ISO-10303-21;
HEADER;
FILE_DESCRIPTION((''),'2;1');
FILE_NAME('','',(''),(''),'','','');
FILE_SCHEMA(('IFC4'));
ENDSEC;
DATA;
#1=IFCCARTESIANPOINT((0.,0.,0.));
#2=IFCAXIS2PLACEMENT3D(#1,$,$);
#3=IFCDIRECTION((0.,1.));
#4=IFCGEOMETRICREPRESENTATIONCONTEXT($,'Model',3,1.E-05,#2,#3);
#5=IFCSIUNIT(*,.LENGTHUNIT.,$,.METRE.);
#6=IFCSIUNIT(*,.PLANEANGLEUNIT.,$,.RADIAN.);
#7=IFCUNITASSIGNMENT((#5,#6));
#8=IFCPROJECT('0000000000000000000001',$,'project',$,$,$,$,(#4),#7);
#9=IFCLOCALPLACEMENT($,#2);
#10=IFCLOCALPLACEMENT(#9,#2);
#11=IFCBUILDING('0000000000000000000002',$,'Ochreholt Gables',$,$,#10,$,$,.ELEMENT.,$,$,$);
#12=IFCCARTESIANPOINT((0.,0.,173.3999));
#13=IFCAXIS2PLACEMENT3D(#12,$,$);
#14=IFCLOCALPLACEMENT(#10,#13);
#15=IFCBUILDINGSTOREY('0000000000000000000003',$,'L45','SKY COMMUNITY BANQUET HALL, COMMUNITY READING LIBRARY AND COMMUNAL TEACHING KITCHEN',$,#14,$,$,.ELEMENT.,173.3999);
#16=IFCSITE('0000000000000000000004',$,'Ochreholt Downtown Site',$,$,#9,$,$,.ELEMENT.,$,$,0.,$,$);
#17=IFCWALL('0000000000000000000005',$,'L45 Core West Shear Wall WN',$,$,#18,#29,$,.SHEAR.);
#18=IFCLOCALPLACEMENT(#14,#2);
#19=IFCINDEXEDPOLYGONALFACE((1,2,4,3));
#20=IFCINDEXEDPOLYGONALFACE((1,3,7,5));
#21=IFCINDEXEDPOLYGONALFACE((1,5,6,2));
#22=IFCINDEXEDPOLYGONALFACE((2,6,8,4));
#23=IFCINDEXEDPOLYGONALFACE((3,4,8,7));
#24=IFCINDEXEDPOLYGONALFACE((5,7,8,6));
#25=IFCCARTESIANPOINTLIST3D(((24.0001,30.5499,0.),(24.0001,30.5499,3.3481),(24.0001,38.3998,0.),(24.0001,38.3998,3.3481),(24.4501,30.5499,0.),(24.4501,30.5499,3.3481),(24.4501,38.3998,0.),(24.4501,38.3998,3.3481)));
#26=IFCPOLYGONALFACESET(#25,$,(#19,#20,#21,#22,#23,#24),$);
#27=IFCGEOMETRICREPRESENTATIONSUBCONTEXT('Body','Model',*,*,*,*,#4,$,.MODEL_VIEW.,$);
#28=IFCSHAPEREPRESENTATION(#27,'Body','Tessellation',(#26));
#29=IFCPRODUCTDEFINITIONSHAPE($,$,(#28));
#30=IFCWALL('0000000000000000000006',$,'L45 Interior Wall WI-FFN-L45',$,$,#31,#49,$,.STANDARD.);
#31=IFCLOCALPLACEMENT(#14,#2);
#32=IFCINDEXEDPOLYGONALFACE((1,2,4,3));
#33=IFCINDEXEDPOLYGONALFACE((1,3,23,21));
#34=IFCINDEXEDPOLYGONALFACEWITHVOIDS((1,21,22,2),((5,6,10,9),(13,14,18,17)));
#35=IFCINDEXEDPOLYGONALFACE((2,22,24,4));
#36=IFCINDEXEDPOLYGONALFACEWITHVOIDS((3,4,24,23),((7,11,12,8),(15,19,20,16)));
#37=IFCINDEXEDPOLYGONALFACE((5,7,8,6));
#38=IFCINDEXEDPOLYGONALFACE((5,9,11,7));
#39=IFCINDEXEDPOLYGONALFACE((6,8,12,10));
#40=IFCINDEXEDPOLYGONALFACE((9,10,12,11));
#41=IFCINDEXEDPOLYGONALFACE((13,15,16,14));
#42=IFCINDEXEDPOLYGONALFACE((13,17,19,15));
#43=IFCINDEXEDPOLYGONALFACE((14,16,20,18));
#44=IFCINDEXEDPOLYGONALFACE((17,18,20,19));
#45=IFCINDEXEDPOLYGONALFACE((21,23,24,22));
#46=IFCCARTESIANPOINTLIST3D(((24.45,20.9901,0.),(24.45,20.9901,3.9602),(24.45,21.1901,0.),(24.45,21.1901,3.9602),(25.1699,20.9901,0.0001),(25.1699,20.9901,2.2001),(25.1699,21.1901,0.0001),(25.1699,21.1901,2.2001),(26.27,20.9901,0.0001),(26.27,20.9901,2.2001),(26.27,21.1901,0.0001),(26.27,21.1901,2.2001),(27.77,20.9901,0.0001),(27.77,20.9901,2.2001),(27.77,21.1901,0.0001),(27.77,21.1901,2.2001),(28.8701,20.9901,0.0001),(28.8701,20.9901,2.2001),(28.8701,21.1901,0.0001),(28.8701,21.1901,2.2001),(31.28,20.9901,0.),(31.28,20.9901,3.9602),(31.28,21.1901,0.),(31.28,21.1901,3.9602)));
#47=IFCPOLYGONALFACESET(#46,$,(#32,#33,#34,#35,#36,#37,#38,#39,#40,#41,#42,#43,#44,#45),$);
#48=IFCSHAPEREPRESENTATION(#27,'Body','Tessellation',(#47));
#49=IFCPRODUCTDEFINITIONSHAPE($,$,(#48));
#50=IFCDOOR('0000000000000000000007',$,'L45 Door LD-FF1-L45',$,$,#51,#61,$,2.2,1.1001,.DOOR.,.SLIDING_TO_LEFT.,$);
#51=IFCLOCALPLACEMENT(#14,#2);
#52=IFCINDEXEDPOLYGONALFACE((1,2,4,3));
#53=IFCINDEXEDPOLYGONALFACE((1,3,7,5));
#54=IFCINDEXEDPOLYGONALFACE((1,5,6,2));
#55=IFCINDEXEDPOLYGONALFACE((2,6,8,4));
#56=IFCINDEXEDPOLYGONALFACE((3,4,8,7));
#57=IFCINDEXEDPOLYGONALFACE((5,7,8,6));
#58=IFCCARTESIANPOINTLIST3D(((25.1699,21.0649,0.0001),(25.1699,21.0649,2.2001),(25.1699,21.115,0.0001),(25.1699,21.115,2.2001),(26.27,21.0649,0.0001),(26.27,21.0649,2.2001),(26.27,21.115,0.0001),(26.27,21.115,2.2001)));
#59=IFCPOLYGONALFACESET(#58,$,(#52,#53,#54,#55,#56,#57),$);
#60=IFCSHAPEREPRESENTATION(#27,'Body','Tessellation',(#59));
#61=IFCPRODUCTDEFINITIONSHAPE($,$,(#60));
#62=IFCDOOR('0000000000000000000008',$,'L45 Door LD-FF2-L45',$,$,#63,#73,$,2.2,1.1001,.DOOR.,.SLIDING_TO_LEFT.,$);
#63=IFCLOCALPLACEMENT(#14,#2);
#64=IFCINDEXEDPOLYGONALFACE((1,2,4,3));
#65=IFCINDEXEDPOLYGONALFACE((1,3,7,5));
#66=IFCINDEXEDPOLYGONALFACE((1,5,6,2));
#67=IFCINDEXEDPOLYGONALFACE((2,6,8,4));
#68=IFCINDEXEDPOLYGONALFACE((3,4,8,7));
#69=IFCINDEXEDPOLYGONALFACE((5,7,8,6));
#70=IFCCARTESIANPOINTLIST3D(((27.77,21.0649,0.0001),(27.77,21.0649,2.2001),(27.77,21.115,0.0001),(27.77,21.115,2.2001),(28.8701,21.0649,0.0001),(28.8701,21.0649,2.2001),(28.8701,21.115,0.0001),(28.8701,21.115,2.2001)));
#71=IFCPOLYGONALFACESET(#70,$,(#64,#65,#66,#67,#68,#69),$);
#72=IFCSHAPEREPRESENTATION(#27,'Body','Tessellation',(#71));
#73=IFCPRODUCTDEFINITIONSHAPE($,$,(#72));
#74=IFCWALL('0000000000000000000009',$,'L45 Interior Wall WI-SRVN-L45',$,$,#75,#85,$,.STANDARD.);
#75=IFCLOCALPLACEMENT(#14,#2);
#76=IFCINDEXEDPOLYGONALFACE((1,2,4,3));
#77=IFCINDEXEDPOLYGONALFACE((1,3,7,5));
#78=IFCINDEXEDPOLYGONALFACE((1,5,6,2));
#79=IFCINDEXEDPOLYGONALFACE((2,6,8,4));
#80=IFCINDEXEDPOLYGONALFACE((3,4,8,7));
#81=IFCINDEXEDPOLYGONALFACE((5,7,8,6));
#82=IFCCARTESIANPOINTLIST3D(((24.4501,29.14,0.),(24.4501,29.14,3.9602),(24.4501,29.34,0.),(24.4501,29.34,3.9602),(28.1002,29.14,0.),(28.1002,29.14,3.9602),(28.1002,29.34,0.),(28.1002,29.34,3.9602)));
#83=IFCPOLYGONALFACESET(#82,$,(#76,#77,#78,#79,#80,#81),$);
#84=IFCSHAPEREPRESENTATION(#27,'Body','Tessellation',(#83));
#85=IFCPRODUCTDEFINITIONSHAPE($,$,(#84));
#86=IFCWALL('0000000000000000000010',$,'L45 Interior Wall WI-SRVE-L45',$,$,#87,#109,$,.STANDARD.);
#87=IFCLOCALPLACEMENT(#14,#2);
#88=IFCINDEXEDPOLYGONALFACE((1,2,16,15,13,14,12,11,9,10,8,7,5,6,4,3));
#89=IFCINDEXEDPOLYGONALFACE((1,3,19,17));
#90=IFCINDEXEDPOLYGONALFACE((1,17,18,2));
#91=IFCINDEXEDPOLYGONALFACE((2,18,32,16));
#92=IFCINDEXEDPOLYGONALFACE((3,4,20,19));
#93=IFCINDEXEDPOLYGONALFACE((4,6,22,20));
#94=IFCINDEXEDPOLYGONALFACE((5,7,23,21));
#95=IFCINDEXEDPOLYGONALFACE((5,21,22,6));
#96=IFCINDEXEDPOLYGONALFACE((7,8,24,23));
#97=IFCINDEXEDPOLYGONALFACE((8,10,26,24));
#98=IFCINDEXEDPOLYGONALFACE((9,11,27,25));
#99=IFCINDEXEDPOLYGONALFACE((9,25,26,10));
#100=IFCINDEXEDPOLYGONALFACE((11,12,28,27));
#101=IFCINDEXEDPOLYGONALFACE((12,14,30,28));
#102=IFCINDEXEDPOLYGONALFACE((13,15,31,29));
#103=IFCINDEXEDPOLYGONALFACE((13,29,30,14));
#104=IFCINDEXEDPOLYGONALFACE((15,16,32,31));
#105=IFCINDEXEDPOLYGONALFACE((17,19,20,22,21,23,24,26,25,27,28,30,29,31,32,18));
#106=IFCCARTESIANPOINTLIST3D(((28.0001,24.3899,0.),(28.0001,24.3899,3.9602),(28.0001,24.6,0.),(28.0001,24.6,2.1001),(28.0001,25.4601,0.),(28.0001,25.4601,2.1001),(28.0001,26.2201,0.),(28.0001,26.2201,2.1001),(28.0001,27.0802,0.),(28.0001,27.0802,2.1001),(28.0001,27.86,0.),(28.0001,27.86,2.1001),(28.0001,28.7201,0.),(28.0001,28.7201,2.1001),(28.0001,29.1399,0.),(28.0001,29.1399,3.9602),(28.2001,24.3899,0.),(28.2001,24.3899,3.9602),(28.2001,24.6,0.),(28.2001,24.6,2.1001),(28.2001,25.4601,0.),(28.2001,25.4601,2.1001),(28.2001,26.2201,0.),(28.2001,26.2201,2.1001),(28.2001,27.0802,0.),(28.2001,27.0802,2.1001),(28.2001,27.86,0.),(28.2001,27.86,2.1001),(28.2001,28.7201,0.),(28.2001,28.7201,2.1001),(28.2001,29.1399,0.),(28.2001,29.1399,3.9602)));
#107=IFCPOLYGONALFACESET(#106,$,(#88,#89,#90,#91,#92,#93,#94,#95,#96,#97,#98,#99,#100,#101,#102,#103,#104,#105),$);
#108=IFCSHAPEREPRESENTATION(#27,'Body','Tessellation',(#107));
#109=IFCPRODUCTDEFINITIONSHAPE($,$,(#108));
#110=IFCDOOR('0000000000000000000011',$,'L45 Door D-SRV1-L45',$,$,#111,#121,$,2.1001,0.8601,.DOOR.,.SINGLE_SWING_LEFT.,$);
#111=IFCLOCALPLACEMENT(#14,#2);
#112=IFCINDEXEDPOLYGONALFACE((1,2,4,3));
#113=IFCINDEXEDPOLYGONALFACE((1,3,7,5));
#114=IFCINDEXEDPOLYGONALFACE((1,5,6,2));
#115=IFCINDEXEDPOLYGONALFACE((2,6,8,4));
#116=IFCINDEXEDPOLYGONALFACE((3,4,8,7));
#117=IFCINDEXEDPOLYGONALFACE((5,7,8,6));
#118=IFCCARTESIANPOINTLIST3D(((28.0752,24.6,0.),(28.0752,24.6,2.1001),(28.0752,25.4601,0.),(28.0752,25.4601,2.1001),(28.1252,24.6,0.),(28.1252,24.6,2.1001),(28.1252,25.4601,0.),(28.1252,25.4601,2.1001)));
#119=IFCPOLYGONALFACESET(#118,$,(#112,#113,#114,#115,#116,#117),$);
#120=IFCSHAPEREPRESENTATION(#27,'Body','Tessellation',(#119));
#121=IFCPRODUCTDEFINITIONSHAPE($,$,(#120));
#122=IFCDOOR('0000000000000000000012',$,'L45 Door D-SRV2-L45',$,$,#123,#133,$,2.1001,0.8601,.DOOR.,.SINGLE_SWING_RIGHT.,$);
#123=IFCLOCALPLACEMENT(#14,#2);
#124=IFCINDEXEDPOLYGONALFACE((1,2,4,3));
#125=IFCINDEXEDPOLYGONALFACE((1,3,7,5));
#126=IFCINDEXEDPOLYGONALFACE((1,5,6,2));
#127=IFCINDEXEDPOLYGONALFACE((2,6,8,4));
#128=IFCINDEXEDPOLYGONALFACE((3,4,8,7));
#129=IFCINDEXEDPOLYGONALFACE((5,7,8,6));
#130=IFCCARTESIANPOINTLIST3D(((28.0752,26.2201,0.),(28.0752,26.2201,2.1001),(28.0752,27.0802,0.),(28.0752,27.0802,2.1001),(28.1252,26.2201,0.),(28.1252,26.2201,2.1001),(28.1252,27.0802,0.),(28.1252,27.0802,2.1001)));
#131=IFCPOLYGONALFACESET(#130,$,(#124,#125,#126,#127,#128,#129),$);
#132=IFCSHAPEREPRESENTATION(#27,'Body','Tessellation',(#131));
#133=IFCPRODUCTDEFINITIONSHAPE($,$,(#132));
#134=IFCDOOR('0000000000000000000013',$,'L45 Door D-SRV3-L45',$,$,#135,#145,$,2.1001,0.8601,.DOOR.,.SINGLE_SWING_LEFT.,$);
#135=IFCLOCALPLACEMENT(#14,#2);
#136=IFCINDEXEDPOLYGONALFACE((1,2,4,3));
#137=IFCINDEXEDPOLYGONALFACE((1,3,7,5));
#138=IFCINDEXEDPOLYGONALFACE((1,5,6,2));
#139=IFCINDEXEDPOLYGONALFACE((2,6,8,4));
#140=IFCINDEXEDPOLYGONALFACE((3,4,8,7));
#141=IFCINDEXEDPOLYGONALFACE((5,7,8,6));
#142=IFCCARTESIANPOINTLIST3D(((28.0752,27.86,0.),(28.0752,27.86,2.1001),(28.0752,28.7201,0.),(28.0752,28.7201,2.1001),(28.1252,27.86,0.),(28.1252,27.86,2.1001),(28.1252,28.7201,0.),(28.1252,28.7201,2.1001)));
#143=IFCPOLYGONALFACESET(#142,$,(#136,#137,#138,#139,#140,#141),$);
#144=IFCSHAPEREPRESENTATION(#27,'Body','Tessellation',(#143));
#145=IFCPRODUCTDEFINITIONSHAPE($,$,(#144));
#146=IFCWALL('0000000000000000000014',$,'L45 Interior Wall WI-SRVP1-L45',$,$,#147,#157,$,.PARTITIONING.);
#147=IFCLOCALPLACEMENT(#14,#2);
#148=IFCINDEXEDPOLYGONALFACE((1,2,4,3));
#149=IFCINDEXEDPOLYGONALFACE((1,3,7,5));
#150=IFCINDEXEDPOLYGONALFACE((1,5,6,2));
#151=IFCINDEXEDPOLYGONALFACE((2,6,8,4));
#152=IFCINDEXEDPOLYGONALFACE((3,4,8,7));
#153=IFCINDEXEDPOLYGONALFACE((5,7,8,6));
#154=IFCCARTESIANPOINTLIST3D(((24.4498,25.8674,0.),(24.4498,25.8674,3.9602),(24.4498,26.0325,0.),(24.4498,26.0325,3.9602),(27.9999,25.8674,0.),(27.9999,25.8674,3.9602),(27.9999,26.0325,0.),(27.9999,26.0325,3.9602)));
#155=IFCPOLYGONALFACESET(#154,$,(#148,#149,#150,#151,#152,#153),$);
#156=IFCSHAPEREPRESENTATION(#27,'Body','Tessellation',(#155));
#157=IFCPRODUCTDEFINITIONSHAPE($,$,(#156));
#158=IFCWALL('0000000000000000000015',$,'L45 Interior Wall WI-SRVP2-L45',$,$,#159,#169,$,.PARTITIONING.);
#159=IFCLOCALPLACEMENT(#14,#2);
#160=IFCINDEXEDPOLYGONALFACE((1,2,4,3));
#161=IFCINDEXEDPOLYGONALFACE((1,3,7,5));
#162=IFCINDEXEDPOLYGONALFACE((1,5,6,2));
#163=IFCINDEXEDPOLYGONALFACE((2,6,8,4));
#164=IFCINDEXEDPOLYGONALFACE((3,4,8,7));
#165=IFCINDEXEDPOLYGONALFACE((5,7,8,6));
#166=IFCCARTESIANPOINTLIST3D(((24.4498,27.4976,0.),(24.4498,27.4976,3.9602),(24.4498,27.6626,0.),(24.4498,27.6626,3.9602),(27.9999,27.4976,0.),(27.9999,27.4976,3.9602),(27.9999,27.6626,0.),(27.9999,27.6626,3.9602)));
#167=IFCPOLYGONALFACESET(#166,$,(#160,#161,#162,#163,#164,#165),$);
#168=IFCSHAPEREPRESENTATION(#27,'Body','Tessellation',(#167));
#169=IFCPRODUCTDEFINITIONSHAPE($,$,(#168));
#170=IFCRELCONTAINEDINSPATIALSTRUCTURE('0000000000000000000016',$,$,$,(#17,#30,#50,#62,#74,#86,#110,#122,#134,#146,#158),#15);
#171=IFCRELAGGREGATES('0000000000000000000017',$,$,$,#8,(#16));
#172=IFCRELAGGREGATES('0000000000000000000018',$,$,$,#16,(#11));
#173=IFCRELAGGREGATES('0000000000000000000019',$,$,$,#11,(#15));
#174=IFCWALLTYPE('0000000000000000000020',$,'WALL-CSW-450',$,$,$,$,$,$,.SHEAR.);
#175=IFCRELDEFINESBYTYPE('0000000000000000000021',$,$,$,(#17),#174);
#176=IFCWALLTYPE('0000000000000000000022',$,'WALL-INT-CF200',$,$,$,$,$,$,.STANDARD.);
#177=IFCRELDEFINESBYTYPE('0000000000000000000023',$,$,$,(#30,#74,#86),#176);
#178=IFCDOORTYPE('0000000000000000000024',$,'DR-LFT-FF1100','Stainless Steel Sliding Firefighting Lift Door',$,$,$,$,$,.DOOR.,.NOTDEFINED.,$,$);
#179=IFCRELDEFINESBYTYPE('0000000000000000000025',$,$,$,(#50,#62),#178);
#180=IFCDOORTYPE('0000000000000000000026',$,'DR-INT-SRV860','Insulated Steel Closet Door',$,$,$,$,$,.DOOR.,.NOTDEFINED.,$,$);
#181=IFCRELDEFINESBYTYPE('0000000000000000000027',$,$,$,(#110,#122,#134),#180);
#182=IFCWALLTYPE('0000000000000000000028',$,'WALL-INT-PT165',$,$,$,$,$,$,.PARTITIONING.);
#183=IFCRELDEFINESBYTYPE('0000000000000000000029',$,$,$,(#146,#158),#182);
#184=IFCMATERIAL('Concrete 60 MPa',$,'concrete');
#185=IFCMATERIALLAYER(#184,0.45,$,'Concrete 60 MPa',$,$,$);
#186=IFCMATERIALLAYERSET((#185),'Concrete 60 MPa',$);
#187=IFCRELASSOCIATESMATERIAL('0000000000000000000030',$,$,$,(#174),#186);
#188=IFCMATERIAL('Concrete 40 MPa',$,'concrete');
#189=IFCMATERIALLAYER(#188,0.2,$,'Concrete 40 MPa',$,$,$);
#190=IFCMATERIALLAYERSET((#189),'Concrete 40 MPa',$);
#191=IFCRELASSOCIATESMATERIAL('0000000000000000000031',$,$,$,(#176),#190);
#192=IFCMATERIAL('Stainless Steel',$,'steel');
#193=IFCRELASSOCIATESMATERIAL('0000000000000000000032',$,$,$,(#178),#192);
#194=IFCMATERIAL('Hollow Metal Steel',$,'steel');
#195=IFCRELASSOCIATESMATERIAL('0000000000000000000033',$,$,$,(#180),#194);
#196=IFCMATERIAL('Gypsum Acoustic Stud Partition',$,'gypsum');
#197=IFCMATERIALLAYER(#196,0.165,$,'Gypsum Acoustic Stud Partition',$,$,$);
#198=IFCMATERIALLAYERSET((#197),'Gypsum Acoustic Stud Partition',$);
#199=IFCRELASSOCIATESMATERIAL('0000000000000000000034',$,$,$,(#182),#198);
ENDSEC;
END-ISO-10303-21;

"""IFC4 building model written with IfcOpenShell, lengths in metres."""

from ifc_helpers import new_model, si_unit, direction, frame, frame_2d, origin, place, context, subcontext, project, spatial, rectangle, extrude, material, layer, layer_set, type_object, element, fill, save


model = new_model("IFC4")

# Units and contexts
model_context = context("Model", 3, precision=1e-05, world=origin(), true_north=direction((0.0, 1.0)))
body_context = subcontext(model_context, "Body", "Model", "MODEL_VIEW")
ifc_project = project(units=[si_unit("LENGTHUNIT", "METRE"), si_unit("PLANEANGLEUNIT", "RADIAN")], contexts=[model_context])

# Site, building, storey
site_placement = place(None, origin())
site = spatial("IfcSite", under=ifc_project, at=site_placement, Name="Ochreholt Downtown Site", CompositionType="ELEMENT", RefElevation=0.0)
building_placement = place(site_placement, origin())
building = spatial("IfcBuilding", under=site, at=building_placement, Name="Ochreholt Gables", CompositionType="ELEMENT")
storey_placement = place(building_placement, frame((0.0, 0.0, 173.3999)))
storey = spatial("IfcBuildingStorey", under=building, at=storey_placement, Name="L45", Description="SKY COMMUNITY BANQUET HALL, COMMUNITY READING LIBRARY AND COMMUNAL TEACHING KITCHEN", CompositionType="ELEMENT", Elevation=173.3999)

# Wall
ifc_material_1 = material(Name="Concrete 60 MPa", Category="concrete")
ifc_layer_1 = layer(ifc_material_1, 0.45, Name="Concrete 60 MPa")
ifc_layer_set_1 = layer_set([ifc_layer_1], Name="Concrete 60 MPa")
wall_type_1 = type_object("IfcWallType", Name="WALL-CSW-450", PredefinedType="SHEAR", material=ifc_layer_set_1)
wall_1_placement = place(storey_placement, frame((24.2251, 30.55, 0.0), z_axis=(0.0, 0.0, 1.0), x_axis=(0.0, 1.0, 0.0)))
element("IfcWall", 1, at=wall_1_placement, inside=storey, type_object=wall_type_1, Name="L45 Core West Shear Wall WN", PredefinedType="SHEAR", context=body_context, shape_type="SweptSolid", body=[
    extrude(rectangle(XDim=7.8499, YDim=0.45, at=frame_2d((3.9248, 0.0))), origin(), (0.0, 0.0, 1.0), 3.3481),
])

# Wall, openings, doors
ifc_material_2 = material(Name="Concrete 40 MPa", Category="concrete")
ifc_layer_2 = layer(ifc_material_2, 0.2, Name="Concrete 40 MPa")
ifc_layer_set_2 = layer_set([ifc_layer_2], Name="Concrete 40 MPa")
wall_type_2 = type_object("IfcWallType", Name="WALL-INT-CF200", PredefinedType="STANDARD", material=ifc_layer_set_2)
wall_2_placement = place(storey_placement, frame((24.45, 21.0901, 0.0), z_axis=(0.0, 0.0, 1.0), x_axis=(1.0, 0.0, 0.0)))
wall_2 = element("IfcWall", 2, at=wall_2_placement, inside=storey, type_object=wall_type_2, Name="L45 Interior Wall WI-FFN-L45", PredefinedType="STANDARD", context=body_context, shape_type="SweptSolid", body=[
    extrude(rectangle(XDim=6.8301, YDim=0.2, at=frame_2d((3.415, 0.0))), origin(), (0.0, 0.0, 1.0), 3.9602),
])
opening_1_placement = place(wall_2_placement, frame((0.72, 0.0, 0.0)))
opening_1 = element("IfcOpeningElement", 3, at=opening_1_placement, cuts=wall_2, PredefinedType="OPENING", context=body_context, shape_type="SweptSolid", body=[
    extrude(rectangle(XDim=1.1001, YDim=2.2, at=frame_2d((0.55, 1.1001))), frame((0.0, 0.1099, 0.0), z_axis=(0.0, -1.0, 0.0), x_axis=(1.0, 0.0, 0.0)), (0.0, 0.0, 1.0), 0.22),
])
opening_2_placement = place(wall_2_placement, frame((3.3201, 0.0, 0.0)))
opening_2 = element("IfcOpeningElement", 4, at=opening_2_placement, cuts=wall_2, PredefinedType="OPENING", context=body_context, shape_type="SweptSolid", body=[
    extrude(rectangle(XDim=1.1001, YDim=2.2, at=frame_2d((0.55, 1.1001))), frame((0.0, 0.1099, 0.0), z_axis=(0.0, -1.0, 0.0), x_axis=(1.0, 0.0, 0.0)), (0.0, 0.0, 1.0), 0.22),
])
ifc_material_3 = material(Name="Stainless Steel", Category="steel")
door_type_1 = type_object("IfcDoorType", Name="DR-LFT-FF1100", Description="Stainless Steel Sliding Firefighting Lift Door", OperationType="NOTDEFINED", PredefinedType="DOOR", material=ifc_material_3)
door_1_placement = place(opening_1_placement, origin())
door_1 = element("IfcDoor", 5, at=door_1_placement, inside=storey, type_object=door_type_1, Name="L45 Door LD-FF1-L45", OperationType="SLIDING_TO_LEFT", OverallHeight=2.2, OverallWidth=1.1001, PredefinedType="DOOR", context=body_context, shape_type="SweptSolid", body=[
    extrude(rectangle(XDim=1.1001, YDim=2.2, at=frame_2d((0.55, 1.1001))), frame((0.0, 0.0249, 0.0), z_axis=(0.0, -1.0, 0.0), x_axis=(1.0, 0.0, 0.0)), (0.0, 0.0, 1.0), 0.05),
])
fill(opening_1, door_1)
door_2_placement = place(opening_2_placement, origin())
door_2 = element("IfcDoor", 6, at=door_2_placement, inside=storey, type_object=door_type_1, Name="L45 Door LD-FF2-L45", OperationType="SLIDING_TO_LEFT", OverallHeight=2.2, OverallWidth=1.1001, PredefinedType="DOOR", context=body_context, shape_type="SweptSolid", body=[
    extrude(rectangle(XDim=1.1001, YDim=2.2, at=frame_2d((0.55, 1.1001))), frame((0.0, 0.0249, 0.0), z_axis=(0.0, -1.0, 0.0), x_axis=(1.0, 0.0, 0.0)), (0.0, 0.0, 1.0), 0.05),
])
fill(opening_2, door_2)

# Wall
wall_3_placement = place(storey_placement, frame((24.45, 29.24, 0.0), z_axis=(0.0, 0.0, 1.0), x_axis=(1.0, 0.0, 0.0)))
element("IfcWall", 7, at=wall_3_placement, inside=storey, type_object=wall_type_2, Name="L45 Interior Wall WI-SRVN-L45", PredefinedType="STANDARD", context=body_context, shape_type="SweptSolid", body=[
    extrude(rectangle(XDim=3.6501, YDim=0.2, at=frame_2d((1.8252, 0.0))), origin(), (0.0, 0.0, 1.0), 3.9602),
])

# Wall, openings, doors
wall_4_placement = place(storey_placement, frame((28.1001, 24.3899, 0.0), z_axis=(0.0, 0.0, 1.0), x_axis=(0.0, 1.0, 0.0)))
wall_4 = element("IfcWall", 8, at=wall_4_placement, inside=storey, type_object=wall_type_2, Name="L45 Interior Wall WI-SRVE-L45", PredefinedType="STANDARD", context=body_context, shape_type="SweptSolid", body=[
    extrude(rectangle(XDim=4.75, YDim=0.2, at=frame_2d((2.375, 0.0))), origin(), (0.0, 0.0, 1.0), 3.9602),
])
opening_3_placement = place(wall_4_placement, frame((0.21, 0.0, 0.0)))
opening_3 = element("IfcOpeningElement", 9, at=opening_3_placement, cuts=wall_4, PredefinedType="OPENING", context=body_context, shape_type="SweptSolid", body=[
    extrude(rectangle(XDim=0.8601, YDim=2.1001, at=frame_2d((0.4302, 1.05))), frame((0.0, 0.1099, 0.0), z_axis=(0.0, -1.0, 0.0), x_axis=(1.0, 0.0, 0.0)), (0.0, 0.0, 1.0), 0.22),
])
opening_4_placement = place(wall_4_placement, frame((1.8301, 0.0, 0.0)))
opening_4 = element("IfcOpeningElement", 10, at=opening_4_placement, cuts=wall_4, PredefinedType="OPENING", context=body_context, shape_type="SweptSolid", body=[
    extrude(rectangle(XDim=0.8601, YDim=2.1001, at=frame_2d((0.4302, 1.05))), frame((0.0, 0.1099, 0.0), z_axis=(0.0, -1.0, 0.0), x_axis=(1.0, 0.0, 0.0)), (0.0, 0.0, 1.0), 0.22),
])
opening_5_placement = place(wall_4_placement, frame((3.47, 0.0, 0.0)))
opening_5 = element("IfcOpeningElement", 11, at=opening_5_placement, cuts=wall_4, PredefinedType="OPENING", context=body_context, shape_type="SweptSolid", body=[
    extrude(rectangle(XDim=0.8601, YDim=2.1001, at=frame_2d((0.4302, 1.05))), frame((0.0, 0.1099, 0.0), z_axis=(0.0, -1.0, 0.0), x_axis=(1.0, 0.0, 0.0)), (0.0, 0.0, 1.0), 0.22),
])
ifc_material_4 = material(Name="Hollow Metal Steel", Category="steel")
door_type_2 = type_object("IfcDoorType", Name="DR-INT-SRV860", Description="Insulated Steel Closet Door", OperationType="NOTDEFINED", PredefinedType="DOOR", material=ifc_material_4)
door_3_placement = place(opening_3_placement, origin())
door_3 = element("IfcDoor", 12, at=door_3_placement, inside=storey, type_object=door_type_2, Name="L45 Door D-SRV1-L45", OperationType="SINGLE_SWING_LEFT", OverallHeight=2.1001, OverallWidth=0.8601, PredefinedType="DOOR", context=body_context, shape_type="SweptSolid", body=[
    extrude(rectangle(XDim=0.8601, YDim=2.1001, at=frame_2d((0.4302, 1.05))), frame((0.0, 0.0249, 0.0), z_axis=(0.0, -1.0, 0.0), x_axis=(1.0, 0.0, 0.0)), (0.0, 0.0, 1.0), 0.05),
])
fill(opening_3, door_3)
door_4_placement = place(opening_4_placement, origin())
door_4 = element("IfcDoor", 13, at=door_4_placement, inside=storey, type_object=door_type_2, Name="L45 Door D-SRV2-L45", OperationType="SINGLE_SWING_RIGHT", OverallHeight=2.1001, OverallWidth=0.8601, PredefinedType="DOOR", context=body_context, shape_type="SweptSolid", body=[
    extrude(rectangle(XDim=0.8601, YDim=2.1001, at=frame_2d((0.4302, 1.05))), frame((0.0, 0.0249, 0.0), z_axis=(0.0, -1.0, 0.0), x_axis=(1.0, 0.0, 0.0)), (0.0, 0.0, 1.0), 0.05),
])
fill(opening_4, door_4)
door_5_placement = place(opening_5_placement, origin())
door_5 = element("IfcDoor", 14, at=door_5_placement, inside=storey, type_object=door_type_2, Name="L45 Door D-SRV3-L45", OperationType="SINGLE_SWING_LEFT", OverallHeight=2.1001, OverallWidth=0.8601, PredefinedType="DOOR", context=body_context, shape_type="SweptSolid", body=[
    extrude(rectangle(XDim=0.8601, YDim=2.1001, at=frame_2d((0.4302, 1.05))), frame((0.0, 0.0249, 0.0), z_axis=(0.0, -1.0, 0.0), x_axis=(1.0, 0.0, 0.0)), (0.0, 0.0, 1.0), 0.05),
])
fill(opening_5, door_5)

# Walls
ifc_material_5 = material(Name="Gypsum Acoustic Stud Partition", Category="gypsum")
ifc_layer_3 = layer(ifc_material_5, 0.165, Name="Gypsum Acoustic Stud Partition")
ifc_layer_set_3 = layer_set([ifc_layer_3], Name="Gypsum Acoustic Stud Partition")
wall_type_3 = type_object("IfcWallType", Name="WALL-INT-PT165", PredefinedType="PARTITIONING", material=ifc_layer_set_3)
for number, where, z_axis, x_axis, name in (
    (15, (24.45, 25.95, 0.0), (0.0, 0.0, 1.0), (1.0, 0.0, 0.0), "L45 Interior Wall WI-SRVP1-L45"),
    (16, (24.45, 27.5801, 0.0), (0.0, 0.0, 1.0), (1.0, 0.0, 0.0), "L45 Interior Wall WI-SRVP2-L45"),
):
    element("IfcWall", number, at=place(storey_placement, frame(where, z_axis=z_axis, x_axis=x_axis)), inside=storey, type_object=wall_type_3, Name=name, PredefinedType="PARTITIONING", context=body_context, shape_type="SweptSolid", body=[
        extrude(rectangle(XDim=3.55, YDim=0.165, at=frame_2d((1.7749, 0.0))), origin(), (0.0, 0.0, 1.0), 3.9602),
    ])

save(model, "model.ifc")
